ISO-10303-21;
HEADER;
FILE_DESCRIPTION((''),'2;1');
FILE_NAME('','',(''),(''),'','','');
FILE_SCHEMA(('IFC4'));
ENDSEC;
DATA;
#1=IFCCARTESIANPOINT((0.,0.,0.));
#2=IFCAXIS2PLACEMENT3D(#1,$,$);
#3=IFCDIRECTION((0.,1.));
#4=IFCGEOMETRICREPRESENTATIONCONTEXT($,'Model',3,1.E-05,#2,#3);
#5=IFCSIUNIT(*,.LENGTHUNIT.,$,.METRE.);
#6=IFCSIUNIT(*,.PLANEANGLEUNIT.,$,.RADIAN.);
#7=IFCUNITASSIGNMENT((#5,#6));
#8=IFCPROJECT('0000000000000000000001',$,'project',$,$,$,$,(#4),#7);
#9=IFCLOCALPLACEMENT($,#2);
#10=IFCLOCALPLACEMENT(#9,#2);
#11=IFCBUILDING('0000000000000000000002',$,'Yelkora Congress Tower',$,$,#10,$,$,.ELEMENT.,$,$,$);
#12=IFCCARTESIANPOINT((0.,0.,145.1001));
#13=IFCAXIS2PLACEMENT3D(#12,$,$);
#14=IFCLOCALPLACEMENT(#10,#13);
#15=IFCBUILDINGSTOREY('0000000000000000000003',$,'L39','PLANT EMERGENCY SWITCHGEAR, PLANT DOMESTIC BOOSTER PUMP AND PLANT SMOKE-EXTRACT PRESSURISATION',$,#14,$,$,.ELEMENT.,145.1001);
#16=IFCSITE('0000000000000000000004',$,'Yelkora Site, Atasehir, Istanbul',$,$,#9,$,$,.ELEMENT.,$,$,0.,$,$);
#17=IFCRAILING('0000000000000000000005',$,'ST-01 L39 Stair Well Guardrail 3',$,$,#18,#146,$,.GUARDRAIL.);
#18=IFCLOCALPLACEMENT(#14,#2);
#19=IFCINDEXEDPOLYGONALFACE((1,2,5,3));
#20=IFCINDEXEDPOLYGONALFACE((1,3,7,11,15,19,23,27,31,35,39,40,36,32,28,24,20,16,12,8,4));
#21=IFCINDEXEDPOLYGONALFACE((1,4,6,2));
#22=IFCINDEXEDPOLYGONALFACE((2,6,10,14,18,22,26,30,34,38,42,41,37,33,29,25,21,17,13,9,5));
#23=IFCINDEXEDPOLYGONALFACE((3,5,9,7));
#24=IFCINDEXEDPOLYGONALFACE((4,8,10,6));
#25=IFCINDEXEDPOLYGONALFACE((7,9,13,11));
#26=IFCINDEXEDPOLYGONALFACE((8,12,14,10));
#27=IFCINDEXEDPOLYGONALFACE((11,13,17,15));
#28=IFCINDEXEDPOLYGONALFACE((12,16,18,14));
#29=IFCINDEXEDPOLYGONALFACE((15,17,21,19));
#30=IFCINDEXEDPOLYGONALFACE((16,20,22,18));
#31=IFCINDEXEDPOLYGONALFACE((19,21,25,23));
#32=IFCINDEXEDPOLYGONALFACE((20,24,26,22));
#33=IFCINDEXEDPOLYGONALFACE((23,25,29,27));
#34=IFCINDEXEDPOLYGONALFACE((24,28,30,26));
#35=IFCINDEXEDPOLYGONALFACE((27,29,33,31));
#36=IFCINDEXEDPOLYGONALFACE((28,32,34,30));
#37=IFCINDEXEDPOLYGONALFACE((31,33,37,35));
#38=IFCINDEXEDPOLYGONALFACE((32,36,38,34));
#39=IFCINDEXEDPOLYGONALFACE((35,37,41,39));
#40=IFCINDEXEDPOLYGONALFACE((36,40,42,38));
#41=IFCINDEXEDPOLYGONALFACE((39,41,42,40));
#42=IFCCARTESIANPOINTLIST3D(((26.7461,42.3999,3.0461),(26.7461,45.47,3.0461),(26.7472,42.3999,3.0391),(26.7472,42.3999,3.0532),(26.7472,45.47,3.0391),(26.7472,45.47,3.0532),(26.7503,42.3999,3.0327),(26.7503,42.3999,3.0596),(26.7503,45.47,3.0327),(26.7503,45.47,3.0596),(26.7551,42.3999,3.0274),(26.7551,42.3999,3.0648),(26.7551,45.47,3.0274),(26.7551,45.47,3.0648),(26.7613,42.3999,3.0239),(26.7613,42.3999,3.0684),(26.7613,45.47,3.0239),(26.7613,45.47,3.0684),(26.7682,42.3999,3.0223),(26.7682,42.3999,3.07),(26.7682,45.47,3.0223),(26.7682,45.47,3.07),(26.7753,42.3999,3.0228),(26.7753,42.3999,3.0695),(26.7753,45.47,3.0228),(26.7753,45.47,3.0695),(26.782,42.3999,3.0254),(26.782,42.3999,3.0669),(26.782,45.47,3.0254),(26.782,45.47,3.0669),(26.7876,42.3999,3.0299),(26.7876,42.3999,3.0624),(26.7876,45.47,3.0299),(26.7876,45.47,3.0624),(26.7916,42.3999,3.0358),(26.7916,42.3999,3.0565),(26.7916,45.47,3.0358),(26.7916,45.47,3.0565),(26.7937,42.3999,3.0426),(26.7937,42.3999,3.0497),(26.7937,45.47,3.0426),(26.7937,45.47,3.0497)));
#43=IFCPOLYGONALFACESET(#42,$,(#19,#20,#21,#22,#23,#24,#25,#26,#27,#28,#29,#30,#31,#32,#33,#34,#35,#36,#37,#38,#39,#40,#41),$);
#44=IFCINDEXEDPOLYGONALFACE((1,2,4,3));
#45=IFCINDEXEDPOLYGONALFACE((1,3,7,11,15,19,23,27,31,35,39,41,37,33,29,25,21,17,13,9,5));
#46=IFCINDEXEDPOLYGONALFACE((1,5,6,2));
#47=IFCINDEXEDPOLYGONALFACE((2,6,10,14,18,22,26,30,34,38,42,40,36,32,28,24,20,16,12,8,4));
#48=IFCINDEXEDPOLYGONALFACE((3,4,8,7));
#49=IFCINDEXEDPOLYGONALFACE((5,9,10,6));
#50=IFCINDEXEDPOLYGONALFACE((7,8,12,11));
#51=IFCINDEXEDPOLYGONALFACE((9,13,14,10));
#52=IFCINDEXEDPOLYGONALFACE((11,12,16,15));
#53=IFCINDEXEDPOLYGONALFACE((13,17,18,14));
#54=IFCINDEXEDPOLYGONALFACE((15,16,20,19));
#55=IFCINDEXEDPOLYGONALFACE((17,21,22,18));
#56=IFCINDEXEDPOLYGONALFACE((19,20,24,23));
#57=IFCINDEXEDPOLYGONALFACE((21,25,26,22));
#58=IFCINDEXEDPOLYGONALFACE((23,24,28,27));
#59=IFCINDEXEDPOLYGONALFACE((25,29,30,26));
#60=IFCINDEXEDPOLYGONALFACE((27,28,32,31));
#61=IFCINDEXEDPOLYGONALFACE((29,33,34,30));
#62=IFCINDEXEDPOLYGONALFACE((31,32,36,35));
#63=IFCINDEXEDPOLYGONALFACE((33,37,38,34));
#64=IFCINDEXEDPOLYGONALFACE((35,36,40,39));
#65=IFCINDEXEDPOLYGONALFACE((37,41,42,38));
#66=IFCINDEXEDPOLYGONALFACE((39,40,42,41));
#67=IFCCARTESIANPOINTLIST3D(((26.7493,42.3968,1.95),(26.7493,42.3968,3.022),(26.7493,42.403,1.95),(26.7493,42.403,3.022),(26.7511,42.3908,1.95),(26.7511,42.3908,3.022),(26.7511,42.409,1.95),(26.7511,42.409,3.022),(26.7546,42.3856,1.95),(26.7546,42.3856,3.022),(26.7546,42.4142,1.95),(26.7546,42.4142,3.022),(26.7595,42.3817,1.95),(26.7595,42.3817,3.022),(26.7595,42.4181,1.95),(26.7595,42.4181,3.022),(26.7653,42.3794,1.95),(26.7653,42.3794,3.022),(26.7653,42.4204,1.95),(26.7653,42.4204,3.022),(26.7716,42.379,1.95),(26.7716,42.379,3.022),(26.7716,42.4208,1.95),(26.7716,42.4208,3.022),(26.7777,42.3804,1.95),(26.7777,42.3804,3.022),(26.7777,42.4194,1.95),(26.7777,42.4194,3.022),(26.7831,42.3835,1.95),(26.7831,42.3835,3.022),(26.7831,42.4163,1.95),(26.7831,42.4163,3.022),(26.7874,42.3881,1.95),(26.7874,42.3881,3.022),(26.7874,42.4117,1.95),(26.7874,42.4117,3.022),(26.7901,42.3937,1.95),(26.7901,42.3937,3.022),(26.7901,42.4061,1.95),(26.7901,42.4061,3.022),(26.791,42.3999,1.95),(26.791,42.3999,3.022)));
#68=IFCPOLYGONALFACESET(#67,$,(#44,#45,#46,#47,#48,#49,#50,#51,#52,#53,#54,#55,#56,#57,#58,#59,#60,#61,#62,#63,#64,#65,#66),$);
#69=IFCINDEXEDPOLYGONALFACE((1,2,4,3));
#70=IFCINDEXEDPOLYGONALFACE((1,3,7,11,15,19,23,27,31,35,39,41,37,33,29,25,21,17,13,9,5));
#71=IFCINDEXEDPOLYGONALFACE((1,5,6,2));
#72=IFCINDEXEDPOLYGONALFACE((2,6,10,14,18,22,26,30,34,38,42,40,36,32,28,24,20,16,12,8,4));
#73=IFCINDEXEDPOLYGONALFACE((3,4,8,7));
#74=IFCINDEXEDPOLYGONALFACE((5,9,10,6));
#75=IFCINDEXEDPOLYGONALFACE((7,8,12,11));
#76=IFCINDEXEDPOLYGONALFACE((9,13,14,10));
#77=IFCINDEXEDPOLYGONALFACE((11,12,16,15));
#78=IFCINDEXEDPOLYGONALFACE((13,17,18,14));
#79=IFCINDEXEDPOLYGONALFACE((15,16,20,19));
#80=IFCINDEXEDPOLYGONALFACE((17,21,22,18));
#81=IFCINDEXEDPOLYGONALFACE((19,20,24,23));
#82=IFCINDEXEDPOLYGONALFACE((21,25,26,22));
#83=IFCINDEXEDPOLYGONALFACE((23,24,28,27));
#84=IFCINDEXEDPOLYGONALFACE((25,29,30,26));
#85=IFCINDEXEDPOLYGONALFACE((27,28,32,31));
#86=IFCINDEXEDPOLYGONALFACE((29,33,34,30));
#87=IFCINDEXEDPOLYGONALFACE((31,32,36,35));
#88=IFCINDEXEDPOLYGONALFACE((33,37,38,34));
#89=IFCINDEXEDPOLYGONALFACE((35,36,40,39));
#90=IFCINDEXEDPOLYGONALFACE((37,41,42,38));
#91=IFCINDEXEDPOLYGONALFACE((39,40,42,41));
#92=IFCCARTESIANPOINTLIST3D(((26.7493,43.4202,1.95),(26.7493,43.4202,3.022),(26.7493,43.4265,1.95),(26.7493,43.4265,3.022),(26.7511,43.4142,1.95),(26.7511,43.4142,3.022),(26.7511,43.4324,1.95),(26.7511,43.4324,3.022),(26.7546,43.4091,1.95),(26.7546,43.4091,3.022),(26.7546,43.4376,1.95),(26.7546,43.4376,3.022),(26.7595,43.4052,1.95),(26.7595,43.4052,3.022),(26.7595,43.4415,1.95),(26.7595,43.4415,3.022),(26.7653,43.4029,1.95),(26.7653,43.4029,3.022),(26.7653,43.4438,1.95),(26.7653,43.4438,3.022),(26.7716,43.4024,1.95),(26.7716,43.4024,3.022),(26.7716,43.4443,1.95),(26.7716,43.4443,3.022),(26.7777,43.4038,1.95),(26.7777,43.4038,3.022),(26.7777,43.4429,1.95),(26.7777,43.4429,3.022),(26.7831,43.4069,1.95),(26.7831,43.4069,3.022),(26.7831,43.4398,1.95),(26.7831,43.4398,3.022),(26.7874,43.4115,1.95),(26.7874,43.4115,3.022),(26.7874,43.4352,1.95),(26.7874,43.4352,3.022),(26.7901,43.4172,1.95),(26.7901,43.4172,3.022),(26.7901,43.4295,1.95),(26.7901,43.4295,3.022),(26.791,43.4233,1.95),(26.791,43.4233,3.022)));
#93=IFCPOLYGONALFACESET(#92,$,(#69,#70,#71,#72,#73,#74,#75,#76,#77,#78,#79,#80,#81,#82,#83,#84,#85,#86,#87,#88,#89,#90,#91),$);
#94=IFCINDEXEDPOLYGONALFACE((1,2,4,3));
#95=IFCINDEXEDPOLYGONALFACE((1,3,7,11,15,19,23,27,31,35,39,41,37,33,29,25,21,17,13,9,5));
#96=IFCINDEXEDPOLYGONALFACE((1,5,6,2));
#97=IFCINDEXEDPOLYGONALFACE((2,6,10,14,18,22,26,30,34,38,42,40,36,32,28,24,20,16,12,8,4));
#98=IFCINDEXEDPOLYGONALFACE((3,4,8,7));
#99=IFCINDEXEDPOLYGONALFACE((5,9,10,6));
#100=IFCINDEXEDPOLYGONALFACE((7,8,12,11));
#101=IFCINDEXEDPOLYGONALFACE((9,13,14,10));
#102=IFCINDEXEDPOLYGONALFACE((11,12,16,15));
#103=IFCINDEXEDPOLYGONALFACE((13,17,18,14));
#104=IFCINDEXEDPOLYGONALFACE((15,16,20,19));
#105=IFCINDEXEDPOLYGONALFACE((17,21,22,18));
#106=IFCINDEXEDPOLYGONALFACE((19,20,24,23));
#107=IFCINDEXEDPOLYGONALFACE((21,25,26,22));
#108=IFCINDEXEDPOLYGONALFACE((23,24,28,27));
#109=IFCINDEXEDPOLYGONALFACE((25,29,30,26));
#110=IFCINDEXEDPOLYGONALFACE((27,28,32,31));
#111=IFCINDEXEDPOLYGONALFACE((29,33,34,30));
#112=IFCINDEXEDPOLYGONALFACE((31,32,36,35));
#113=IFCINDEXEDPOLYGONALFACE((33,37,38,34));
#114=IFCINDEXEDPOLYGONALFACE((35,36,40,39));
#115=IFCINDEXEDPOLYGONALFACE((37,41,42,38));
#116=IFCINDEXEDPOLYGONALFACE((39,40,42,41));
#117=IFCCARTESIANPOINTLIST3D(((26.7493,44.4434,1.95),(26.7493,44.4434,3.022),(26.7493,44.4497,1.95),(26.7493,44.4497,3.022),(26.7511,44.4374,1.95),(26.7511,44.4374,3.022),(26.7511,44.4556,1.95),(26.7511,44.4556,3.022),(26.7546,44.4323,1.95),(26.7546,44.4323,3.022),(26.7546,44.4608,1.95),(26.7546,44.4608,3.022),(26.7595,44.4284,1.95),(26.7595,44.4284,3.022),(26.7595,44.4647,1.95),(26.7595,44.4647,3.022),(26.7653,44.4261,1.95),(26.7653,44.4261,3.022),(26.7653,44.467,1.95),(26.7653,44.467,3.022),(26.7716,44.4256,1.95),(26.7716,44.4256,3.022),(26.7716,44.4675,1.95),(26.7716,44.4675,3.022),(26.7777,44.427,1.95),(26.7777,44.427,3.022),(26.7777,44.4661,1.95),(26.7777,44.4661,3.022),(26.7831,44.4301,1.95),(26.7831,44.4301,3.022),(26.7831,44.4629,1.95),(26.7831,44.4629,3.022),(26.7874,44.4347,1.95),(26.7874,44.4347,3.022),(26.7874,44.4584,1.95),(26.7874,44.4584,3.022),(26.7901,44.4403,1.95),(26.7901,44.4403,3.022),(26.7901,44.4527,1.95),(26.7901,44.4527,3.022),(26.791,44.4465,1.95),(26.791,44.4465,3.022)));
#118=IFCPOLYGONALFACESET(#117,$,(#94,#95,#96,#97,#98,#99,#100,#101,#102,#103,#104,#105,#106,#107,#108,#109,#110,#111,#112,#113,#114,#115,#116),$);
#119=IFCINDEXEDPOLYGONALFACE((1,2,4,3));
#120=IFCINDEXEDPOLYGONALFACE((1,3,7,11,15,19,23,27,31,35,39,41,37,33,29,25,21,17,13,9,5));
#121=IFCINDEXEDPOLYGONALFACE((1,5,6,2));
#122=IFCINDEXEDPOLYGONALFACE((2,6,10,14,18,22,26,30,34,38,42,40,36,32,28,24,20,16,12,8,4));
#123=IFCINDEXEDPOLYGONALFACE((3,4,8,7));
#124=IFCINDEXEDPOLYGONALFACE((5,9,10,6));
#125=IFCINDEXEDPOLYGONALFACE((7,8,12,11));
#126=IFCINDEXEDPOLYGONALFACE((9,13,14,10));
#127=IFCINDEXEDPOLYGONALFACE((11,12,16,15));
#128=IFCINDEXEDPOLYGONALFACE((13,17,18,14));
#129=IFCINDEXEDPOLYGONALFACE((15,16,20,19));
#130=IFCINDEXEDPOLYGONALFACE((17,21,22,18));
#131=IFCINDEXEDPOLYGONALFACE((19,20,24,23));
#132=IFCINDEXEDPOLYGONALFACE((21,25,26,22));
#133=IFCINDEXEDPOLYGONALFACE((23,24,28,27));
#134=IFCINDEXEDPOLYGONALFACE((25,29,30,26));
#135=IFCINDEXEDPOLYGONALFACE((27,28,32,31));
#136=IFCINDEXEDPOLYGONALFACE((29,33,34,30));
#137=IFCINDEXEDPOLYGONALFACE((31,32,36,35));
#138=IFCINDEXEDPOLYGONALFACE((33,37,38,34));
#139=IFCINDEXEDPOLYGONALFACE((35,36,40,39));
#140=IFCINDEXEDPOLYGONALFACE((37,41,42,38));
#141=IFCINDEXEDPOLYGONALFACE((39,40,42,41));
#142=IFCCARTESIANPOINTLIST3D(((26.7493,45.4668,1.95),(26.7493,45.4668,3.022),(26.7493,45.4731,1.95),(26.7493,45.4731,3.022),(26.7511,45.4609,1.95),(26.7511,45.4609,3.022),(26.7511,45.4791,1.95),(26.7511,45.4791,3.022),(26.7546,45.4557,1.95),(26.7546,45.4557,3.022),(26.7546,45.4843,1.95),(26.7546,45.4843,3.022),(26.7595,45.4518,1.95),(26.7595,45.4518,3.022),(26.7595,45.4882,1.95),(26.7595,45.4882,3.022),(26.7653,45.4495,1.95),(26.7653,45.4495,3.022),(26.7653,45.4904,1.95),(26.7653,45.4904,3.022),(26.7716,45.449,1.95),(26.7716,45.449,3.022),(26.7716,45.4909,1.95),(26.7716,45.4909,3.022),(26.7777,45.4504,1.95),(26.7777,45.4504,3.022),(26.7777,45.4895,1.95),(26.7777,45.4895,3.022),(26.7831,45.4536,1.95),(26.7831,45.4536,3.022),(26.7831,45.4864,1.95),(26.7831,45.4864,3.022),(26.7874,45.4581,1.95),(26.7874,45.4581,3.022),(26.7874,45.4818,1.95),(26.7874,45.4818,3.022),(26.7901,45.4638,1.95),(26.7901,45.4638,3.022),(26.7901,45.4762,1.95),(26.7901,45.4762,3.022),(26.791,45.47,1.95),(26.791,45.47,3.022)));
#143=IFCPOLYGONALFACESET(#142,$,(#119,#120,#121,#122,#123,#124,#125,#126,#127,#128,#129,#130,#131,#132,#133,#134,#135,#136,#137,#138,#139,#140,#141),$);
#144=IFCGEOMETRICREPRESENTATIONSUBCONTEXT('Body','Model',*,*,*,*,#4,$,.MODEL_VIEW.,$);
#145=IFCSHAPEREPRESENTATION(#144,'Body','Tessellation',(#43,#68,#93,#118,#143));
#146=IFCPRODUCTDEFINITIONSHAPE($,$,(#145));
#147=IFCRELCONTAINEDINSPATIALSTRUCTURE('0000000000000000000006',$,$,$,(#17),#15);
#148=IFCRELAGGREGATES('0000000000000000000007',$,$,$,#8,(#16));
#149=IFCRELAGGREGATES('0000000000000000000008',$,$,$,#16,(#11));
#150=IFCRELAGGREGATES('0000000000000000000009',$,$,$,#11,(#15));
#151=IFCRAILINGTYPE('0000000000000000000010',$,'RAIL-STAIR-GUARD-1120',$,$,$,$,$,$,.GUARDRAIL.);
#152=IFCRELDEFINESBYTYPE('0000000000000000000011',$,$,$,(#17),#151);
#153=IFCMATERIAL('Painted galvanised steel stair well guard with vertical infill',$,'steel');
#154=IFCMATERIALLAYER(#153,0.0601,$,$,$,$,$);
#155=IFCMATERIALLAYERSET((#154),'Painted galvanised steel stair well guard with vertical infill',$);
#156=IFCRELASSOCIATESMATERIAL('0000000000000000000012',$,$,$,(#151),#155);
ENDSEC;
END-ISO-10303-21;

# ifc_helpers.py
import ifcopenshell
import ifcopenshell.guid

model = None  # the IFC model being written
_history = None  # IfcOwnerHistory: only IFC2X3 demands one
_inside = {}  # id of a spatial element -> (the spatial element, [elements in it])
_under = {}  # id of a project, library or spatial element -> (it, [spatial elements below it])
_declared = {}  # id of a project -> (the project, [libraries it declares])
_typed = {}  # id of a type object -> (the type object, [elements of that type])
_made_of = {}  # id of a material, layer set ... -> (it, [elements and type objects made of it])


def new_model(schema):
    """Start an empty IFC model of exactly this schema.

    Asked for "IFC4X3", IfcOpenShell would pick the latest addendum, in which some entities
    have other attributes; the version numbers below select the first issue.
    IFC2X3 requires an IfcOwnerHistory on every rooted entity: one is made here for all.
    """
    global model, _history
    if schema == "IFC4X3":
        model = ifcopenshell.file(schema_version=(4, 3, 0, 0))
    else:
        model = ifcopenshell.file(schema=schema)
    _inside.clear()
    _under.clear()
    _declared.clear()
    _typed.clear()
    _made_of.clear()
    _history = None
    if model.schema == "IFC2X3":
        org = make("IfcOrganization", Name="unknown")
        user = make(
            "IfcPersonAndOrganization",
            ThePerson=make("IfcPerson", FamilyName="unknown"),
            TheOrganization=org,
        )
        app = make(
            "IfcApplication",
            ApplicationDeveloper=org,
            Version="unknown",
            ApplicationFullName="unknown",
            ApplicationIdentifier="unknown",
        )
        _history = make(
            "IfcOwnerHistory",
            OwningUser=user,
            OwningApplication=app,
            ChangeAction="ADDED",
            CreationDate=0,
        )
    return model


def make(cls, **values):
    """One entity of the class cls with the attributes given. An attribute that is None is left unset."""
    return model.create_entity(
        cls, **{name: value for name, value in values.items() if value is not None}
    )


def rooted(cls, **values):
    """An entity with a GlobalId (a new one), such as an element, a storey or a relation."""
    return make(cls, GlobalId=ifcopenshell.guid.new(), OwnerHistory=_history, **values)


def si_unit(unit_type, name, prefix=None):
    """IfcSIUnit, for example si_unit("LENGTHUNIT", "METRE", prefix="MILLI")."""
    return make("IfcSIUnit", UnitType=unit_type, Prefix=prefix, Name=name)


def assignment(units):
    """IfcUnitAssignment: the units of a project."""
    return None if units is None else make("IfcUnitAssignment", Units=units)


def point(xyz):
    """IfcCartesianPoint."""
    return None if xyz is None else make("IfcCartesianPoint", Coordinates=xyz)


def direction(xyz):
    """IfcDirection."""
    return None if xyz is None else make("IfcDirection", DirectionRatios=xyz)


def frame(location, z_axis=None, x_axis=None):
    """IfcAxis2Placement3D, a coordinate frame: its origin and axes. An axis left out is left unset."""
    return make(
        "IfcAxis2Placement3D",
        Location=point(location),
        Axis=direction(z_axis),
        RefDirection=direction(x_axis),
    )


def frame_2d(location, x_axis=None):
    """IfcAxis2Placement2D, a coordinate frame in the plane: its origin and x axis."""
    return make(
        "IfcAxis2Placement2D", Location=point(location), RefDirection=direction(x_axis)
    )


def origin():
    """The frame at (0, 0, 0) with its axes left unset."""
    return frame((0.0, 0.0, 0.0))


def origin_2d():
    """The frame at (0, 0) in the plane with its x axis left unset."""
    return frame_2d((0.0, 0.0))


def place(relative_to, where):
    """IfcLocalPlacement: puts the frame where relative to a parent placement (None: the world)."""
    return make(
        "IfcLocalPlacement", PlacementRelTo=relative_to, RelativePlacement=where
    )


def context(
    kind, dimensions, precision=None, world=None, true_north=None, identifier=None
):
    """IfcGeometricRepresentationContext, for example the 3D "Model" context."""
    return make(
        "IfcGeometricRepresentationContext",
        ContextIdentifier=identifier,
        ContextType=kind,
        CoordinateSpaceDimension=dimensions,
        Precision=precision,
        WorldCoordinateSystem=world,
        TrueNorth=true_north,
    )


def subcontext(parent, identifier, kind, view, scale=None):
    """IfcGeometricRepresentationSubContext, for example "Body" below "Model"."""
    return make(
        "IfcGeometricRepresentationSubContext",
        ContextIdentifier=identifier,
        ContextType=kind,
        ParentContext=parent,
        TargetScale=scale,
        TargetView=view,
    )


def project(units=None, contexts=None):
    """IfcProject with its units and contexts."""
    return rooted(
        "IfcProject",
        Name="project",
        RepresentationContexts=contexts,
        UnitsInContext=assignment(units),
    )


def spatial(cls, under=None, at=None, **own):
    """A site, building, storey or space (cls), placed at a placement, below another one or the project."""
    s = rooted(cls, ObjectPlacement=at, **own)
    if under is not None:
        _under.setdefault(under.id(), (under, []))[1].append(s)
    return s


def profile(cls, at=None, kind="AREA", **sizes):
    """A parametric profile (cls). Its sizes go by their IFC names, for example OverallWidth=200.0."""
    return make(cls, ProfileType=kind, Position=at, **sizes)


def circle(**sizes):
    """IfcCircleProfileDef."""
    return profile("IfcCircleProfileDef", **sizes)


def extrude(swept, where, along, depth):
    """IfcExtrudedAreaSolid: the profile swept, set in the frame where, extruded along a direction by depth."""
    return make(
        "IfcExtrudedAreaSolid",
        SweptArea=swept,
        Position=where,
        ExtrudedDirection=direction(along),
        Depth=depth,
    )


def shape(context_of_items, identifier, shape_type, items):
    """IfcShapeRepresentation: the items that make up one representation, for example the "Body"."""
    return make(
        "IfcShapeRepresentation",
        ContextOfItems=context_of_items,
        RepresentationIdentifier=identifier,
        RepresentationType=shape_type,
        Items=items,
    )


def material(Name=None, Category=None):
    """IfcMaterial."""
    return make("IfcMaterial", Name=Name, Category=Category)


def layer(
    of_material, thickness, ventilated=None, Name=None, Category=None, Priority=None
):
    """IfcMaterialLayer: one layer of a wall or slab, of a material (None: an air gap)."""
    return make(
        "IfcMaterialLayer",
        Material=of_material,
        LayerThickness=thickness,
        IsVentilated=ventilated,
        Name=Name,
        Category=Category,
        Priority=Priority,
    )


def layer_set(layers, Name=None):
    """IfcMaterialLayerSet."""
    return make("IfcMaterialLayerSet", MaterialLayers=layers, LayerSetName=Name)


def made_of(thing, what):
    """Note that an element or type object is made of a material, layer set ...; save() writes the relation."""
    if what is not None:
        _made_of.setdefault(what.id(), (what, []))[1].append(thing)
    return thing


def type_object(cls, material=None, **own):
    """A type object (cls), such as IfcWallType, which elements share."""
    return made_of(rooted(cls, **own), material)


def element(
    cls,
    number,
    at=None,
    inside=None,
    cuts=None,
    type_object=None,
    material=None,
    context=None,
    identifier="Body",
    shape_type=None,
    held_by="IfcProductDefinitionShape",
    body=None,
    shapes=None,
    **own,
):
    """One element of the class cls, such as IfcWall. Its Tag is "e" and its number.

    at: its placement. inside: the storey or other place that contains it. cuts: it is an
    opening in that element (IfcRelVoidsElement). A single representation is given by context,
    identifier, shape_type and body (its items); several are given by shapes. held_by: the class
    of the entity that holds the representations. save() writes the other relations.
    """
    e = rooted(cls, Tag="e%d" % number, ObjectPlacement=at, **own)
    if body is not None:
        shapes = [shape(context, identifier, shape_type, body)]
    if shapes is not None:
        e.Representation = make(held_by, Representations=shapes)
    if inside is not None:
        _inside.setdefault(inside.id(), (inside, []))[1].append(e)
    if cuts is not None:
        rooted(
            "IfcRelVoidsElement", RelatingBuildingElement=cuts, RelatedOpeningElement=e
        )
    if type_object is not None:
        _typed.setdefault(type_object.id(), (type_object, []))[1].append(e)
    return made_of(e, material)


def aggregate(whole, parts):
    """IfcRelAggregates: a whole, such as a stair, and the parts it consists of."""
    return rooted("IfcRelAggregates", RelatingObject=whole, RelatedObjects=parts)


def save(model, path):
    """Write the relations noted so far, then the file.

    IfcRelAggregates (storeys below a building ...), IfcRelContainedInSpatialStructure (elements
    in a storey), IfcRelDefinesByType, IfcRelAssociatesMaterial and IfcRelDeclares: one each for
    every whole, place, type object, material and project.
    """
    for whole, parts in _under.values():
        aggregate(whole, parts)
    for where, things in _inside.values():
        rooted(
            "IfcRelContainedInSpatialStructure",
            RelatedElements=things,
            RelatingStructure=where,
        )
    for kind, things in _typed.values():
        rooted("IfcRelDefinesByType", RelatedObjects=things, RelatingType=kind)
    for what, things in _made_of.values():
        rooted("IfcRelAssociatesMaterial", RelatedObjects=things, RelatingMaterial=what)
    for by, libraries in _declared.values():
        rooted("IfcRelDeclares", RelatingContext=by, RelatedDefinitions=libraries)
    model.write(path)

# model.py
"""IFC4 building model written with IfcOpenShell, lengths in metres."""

from ifc_helpers import new_model, si_unit, direction, frame, origin, origin_2d, place, context, subcontext, project, spatial, circle, extrude, material, layer, layer_set, type_object, element, save


model = new_model("IFC4")

# Units and contexts
model_context = context("Model", 3, precision=1e-05, world=origin(), true_north=direction((0.0, 1.0)))
body_context = subcontext(model_context, "Body", "Model", "MODEL_VIEW")
ifc_project = project(units=[si_unit("LENGTHUNIT", "METRE"), si_unit("PLANEANGLEUNIT", "RADIAN")], contexts=[model_context])

# Site, building, storey
site_placement = place(None, origin())
site = spatial("IfcSite", under=ifc_project, at=site_placement, Name="Yelkora Site, Atasehir, Istanbul", CompositionType="ELEMENT", RefElevation=0.0)
building_placement = place(site_placement, origin())
building = spatial("IfcBuilding", under=site, at=building_placement, Name="Yelkora Congress Tower", CompositionType="ELEMENT")
storey_placement = place(building_placement, frame((0.0, 0.0, 145.1001)))
storey = spatial("IfcBuildingStorey", under=building, at=storey_placement, Name="L39", Description="PLANT EMERGENCY SWITCHGEAR, PLANT DOMESTIC BOOSTER PUMP AND PLANT SMOKE-EXTRACT PRESSURISATION", CompositionType="ELEMENT", Elevation=145.1001)

# Railing
ifc_material_1 = material(Name="Painted galvanised steel stair well guard with vertical infill", Category="steel")
ifc_layer_1 = layer(ifc_material_1, 0.0601)
ifc_layer_set_1 = layer_set([ifc_layer_1], Name="Painted galvanised steel stair well guard with vertical infill")
railing_type_1 = type_object("IfcRailingType", Name="RAIL-STAIR-GUARD-1120", PredefinedType="GUARDRAIL", material=ifc_layer_set_1)
railing_1_placement = place(storey_placement, frame((26.77, 42.3999, 1.95)))
element("IfcRailing", 1, at=railing_1_placement, inside=storey, type_object=railing_type_1, Name="ST-01 L39 Stair Well Guardrail 3", PredefinedType="GUARDRAIL", context=body_context, shape_type="SweptSolid", body=[
    extrude(circle(Radius=0.0239, at=origin_2d()), frame((0.0, 0.0, 1.0962), z_axis=(0.0, 1.0, 0.0), x_axis=(-1.0, 0.0, 0.0)), (0.0, 0.0, 1.0), 3.0701),
    extrude(circle(Radius=0.021, at=origin_2d()), origin(), (0.0, 0.0, 1.0), 1.072),
    extrude(circle(Radius=0.021, at=origin_2d()), frame((0.0, 1.0234, 0.0)), (0.0, 0.0, 1.0), 1.072),
    extrude(circle(Radius=0.021, at=origin_2d()), frame((0.0, 2.0466, 0.0)), (0.0, 0.0, 1.0), 1.072),
    extrude(circle(Radius=0.021, at=origin_2d()), frame((0.0, 3.0701, 0.0)), (0.0, 0.0, 1.0), 1.072),
])

save(model, "model.ifc")
